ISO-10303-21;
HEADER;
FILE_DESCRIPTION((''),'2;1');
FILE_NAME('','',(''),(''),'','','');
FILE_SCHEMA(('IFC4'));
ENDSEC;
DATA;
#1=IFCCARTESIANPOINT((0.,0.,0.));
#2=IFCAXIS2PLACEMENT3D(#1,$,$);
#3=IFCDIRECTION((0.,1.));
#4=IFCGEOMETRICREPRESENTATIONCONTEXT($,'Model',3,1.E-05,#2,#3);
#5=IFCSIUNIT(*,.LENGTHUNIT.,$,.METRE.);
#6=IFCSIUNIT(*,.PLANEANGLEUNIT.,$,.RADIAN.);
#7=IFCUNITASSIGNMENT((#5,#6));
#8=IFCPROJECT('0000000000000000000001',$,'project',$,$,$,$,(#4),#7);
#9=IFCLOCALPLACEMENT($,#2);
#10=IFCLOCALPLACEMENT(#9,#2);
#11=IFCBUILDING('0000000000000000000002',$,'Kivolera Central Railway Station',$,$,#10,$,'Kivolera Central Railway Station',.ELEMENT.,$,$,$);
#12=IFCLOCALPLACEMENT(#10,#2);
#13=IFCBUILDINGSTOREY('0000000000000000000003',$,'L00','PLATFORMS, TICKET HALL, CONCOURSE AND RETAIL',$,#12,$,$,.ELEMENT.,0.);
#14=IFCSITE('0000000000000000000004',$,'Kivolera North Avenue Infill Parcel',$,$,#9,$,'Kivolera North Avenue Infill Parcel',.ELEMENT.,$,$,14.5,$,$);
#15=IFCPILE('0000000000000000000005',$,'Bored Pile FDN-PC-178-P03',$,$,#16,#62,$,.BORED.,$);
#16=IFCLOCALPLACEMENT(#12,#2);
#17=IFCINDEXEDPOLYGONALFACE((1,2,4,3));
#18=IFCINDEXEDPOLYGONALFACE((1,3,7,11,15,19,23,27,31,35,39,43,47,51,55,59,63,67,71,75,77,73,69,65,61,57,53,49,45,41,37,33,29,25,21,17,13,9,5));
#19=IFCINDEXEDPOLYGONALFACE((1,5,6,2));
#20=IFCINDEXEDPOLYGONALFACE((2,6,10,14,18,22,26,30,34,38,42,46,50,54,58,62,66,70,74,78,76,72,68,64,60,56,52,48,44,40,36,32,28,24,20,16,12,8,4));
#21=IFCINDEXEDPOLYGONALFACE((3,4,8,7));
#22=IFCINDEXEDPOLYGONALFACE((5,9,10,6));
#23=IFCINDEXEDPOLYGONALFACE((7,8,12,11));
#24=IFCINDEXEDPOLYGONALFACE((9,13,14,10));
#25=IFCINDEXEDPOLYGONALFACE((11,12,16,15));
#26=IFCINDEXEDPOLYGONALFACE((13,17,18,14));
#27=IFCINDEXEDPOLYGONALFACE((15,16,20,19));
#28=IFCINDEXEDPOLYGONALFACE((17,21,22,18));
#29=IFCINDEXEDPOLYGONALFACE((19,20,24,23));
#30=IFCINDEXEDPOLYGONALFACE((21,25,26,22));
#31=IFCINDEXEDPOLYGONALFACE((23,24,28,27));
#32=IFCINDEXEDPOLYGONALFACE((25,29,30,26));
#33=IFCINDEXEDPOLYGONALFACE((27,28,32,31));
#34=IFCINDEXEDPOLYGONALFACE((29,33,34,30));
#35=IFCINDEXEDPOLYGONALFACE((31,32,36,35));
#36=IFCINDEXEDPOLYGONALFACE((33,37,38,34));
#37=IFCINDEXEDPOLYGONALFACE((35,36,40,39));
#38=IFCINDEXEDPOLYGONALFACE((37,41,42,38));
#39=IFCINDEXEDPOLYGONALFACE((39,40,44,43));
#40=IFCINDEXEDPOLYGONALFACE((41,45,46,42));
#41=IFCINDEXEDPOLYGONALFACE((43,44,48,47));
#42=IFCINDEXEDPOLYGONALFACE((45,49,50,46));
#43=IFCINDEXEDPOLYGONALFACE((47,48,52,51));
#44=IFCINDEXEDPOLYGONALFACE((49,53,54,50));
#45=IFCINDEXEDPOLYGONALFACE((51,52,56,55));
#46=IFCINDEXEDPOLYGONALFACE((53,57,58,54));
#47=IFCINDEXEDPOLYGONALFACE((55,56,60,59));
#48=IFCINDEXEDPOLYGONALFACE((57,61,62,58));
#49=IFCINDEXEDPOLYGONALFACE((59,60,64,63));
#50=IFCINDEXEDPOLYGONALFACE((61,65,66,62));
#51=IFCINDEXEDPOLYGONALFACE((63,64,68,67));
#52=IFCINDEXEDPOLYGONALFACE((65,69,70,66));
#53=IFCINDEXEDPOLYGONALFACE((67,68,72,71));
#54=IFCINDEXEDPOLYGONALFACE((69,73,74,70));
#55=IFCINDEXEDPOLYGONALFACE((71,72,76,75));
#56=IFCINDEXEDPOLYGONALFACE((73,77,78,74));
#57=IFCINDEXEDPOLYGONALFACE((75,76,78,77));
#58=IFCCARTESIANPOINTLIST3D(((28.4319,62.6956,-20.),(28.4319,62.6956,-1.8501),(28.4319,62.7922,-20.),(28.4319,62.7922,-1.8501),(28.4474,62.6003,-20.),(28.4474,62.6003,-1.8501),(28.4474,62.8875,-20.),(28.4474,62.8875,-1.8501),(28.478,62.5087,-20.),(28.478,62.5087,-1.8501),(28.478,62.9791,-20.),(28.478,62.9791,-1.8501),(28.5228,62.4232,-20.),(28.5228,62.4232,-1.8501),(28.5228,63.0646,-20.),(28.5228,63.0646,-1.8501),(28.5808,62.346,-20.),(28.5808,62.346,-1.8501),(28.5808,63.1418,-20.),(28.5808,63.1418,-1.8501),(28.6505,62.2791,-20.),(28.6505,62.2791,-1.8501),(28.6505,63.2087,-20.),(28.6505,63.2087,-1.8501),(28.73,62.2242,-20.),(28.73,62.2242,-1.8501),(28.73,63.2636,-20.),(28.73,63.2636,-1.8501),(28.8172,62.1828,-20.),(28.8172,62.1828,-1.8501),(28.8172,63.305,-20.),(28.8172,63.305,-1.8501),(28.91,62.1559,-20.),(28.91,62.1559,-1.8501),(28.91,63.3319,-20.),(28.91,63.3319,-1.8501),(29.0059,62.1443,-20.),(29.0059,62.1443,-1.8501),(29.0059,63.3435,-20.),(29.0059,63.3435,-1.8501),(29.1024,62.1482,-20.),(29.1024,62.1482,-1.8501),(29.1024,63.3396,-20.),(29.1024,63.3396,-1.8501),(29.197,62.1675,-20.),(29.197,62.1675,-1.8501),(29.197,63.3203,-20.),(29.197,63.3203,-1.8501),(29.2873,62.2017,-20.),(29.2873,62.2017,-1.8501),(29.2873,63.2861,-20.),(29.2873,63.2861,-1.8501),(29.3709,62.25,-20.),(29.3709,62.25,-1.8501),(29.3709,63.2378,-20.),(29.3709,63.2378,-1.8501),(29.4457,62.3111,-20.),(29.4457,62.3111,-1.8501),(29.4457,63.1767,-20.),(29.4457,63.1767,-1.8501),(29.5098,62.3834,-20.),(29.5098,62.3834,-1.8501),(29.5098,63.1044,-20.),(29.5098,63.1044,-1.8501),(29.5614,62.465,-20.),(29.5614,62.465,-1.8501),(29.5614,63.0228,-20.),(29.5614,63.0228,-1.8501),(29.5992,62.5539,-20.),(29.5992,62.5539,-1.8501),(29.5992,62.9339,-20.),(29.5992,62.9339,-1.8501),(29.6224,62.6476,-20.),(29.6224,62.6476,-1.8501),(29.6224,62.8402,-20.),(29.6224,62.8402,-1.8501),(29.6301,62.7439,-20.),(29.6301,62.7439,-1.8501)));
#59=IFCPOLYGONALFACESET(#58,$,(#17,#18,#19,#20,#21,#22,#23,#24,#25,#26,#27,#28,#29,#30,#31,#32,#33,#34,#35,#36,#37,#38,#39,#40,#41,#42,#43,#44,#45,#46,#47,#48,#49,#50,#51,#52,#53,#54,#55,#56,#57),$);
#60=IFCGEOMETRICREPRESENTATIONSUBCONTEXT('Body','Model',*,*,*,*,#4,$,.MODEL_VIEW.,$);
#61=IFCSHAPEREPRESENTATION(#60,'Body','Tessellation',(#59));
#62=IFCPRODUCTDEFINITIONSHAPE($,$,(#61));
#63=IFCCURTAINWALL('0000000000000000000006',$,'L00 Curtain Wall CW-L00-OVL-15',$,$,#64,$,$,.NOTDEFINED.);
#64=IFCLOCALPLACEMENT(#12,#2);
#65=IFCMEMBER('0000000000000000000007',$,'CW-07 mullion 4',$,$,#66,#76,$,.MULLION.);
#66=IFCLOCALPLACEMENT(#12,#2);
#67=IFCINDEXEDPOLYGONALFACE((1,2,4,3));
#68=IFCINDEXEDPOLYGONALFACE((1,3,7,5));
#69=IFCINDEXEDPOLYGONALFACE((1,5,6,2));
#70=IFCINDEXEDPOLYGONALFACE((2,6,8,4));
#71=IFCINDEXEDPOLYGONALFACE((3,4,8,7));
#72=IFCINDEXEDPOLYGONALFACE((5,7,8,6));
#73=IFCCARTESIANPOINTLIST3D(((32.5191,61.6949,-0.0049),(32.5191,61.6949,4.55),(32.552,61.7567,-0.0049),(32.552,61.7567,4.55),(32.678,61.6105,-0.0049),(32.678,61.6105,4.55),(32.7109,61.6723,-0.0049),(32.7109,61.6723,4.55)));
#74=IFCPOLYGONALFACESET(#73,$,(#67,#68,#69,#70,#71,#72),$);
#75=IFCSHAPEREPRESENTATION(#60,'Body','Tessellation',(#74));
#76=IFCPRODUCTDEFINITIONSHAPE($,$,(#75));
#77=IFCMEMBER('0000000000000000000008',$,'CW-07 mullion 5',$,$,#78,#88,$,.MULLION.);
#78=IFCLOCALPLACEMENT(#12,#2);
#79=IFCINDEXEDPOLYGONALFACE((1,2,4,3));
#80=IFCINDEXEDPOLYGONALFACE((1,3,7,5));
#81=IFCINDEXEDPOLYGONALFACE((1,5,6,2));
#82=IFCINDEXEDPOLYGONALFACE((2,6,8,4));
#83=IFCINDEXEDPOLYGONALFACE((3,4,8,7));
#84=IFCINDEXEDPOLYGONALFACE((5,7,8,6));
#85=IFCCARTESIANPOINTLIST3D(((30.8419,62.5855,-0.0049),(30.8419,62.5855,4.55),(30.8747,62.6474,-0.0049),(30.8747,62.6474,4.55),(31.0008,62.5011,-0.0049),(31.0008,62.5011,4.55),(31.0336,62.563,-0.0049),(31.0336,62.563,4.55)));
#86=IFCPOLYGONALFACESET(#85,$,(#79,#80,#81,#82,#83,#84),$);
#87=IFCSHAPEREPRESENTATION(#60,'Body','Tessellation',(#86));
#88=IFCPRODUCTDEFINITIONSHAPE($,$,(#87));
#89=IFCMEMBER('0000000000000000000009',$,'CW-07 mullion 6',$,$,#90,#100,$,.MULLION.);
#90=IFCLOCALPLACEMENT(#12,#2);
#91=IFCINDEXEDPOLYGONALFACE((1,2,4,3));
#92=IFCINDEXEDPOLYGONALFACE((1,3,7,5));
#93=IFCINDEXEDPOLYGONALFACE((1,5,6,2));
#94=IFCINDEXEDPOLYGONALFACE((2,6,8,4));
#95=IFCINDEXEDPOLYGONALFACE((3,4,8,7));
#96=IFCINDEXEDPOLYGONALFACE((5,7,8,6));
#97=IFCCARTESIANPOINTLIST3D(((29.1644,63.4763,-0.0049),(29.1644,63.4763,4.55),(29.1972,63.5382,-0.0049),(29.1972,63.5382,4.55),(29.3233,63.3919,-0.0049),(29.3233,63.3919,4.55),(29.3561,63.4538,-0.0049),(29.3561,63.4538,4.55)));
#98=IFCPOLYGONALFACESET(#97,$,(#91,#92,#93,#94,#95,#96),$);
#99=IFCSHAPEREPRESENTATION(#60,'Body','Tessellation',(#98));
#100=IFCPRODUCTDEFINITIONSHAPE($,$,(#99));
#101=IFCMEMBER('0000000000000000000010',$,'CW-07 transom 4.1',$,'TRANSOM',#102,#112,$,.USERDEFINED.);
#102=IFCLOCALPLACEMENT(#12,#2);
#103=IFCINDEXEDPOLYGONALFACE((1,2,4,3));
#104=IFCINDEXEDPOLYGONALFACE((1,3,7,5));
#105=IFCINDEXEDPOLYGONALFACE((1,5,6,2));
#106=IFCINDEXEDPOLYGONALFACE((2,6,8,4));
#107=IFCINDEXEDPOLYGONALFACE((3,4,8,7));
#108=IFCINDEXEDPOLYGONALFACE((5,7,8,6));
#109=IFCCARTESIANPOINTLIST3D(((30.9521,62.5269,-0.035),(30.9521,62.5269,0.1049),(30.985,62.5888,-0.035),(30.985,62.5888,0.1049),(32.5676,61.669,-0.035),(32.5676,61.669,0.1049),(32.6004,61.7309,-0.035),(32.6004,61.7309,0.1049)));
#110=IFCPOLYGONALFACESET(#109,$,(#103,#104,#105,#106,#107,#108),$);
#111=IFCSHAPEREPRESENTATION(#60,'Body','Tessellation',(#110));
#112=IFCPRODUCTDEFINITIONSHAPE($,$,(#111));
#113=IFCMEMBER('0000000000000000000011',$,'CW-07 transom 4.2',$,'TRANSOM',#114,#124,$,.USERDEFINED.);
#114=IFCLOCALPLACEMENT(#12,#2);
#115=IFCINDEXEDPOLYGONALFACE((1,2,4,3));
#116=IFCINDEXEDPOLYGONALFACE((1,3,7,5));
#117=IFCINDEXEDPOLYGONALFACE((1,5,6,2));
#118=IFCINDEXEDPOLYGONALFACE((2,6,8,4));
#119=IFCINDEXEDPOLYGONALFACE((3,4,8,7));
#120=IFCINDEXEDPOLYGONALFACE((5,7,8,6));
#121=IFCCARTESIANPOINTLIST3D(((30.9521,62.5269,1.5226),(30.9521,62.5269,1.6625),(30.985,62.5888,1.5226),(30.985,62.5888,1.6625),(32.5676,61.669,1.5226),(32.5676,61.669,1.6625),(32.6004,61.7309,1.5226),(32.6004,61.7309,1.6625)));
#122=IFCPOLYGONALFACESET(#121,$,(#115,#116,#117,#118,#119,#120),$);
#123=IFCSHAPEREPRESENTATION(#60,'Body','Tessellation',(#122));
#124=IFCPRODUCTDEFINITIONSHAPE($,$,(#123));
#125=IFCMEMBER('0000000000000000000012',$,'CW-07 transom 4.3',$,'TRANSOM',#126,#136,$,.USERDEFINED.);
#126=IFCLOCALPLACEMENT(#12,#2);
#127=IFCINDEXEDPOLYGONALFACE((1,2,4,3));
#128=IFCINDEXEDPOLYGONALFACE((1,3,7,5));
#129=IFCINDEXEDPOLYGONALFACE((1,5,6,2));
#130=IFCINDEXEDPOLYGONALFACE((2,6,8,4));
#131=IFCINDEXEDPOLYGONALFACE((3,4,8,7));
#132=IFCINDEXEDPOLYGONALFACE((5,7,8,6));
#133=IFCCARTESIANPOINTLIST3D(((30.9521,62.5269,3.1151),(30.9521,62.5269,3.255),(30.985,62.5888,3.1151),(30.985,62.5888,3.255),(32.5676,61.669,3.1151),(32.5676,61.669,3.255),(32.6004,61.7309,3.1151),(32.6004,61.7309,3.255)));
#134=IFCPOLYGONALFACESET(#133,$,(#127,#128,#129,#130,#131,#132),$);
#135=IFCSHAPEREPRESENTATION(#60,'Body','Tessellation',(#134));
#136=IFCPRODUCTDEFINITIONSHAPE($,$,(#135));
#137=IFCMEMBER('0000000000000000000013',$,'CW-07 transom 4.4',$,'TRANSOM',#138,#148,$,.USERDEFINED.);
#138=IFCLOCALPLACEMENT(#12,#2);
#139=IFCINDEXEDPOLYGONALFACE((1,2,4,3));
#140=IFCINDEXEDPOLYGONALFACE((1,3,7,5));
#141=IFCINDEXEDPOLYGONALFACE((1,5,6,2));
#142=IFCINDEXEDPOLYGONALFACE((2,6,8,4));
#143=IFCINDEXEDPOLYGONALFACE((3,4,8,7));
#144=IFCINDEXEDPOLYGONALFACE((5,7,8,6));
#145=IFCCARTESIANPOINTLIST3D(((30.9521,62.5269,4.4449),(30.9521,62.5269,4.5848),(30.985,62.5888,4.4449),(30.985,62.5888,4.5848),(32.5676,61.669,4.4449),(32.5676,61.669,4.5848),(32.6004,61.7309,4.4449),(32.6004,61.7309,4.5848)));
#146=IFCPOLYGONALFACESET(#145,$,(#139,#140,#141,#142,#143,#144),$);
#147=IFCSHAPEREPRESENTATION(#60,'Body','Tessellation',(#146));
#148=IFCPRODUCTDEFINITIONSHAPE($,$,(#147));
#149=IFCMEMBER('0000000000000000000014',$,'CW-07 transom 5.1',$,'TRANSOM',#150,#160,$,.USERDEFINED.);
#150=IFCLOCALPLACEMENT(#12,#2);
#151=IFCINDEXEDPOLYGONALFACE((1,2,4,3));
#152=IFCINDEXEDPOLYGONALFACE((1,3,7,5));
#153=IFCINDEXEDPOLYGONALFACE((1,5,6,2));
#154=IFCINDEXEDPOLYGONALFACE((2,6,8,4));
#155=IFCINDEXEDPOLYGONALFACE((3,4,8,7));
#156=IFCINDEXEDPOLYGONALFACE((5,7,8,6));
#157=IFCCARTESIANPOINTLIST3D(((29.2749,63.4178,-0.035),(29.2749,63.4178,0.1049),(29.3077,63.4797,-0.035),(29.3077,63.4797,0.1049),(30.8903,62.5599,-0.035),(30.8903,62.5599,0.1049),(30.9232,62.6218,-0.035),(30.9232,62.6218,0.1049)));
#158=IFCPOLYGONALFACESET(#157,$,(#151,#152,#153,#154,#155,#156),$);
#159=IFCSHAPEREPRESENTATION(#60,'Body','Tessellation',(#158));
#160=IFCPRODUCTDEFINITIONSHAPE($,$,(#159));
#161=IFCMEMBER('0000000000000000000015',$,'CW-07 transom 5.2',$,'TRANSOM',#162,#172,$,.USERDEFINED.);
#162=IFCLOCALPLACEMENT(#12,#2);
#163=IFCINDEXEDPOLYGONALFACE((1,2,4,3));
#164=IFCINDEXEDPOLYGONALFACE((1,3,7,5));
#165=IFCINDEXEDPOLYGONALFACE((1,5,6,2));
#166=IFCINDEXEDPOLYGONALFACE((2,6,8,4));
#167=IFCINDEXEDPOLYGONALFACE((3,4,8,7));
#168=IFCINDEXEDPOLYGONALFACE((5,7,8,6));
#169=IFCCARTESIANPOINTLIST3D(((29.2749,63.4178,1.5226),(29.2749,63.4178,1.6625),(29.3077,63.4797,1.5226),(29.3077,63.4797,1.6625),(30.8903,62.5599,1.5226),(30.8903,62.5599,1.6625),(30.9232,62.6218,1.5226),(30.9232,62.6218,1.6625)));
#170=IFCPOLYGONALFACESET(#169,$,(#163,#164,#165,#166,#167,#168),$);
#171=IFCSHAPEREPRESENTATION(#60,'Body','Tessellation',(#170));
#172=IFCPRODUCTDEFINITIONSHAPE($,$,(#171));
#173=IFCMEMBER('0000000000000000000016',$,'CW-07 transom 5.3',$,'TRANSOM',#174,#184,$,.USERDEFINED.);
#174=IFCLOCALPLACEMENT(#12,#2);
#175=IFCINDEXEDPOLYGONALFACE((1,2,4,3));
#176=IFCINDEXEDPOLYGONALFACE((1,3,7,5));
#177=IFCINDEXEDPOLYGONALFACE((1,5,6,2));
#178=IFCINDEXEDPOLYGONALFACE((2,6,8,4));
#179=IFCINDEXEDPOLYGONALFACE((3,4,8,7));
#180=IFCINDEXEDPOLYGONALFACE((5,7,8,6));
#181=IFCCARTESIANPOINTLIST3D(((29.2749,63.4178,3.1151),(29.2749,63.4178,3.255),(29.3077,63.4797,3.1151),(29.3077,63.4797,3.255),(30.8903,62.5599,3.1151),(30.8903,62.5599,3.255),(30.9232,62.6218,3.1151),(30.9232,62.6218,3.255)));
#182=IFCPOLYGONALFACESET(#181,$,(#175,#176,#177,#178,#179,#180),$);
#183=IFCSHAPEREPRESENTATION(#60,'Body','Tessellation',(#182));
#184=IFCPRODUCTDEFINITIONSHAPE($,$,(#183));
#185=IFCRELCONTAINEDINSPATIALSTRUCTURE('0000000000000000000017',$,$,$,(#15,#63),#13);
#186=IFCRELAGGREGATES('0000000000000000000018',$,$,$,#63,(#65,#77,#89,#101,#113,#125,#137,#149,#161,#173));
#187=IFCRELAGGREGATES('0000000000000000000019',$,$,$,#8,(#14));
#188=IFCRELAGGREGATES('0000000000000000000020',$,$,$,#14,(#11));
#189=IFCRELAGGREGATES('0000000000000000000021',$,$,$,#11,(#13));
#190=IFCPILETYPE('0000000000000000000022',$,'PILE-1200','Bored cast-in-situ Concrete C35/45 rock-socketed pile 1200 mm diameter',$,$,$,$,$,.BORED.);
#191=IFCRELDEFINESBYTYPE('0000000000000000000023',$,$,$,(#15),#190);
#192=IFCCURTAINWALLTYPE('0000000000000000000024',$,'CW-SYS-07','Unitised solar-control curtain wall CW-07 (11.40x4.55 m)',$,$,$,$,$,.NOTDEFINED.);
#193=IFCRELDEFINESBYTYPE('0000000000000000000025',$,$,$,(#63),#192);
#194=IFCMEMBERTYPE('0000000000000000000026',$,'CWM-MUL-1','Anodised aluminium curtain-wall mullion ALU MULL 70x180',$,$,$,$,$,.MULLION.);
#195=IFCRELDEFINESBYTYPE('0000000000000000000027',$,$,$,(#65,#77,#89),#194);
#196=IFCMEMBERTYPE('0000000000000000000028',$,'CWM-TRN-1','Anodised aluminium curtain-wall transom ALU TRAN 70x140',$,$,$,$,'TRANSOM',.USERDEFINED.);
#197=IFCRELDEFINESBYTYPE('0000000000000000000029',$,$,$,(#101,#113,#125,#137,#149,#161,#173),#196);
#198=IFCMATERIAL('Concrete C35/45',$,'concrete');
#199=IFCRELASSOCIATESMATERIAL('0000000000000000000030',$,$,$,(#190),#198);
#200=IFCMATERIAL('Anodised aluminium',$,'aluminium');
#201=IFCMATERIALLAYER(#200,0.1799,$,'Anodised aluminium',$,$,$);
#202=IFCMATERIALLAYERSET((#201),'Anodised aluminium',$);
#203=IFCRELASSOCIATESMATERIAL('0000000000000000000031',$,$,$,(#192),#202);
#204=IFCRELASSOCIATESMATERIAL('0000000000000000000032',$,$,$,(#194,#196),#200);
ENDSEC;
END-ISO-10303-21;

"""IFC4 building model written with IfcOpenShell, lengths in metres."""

from ifc_helpers import new_model, si_unit, direction, frame, origin, origin_2d, place, context, subcontext, project, spatial, rectangle, circle, extrude, material, layer, layer_set, material_profile, profile_set, type_object, element, aggregate, save


model = new_model("IFC4")

# Units and contexts
model_context = context("Model", 3, precision=1e-05, world=origin(), true_north=direction((0.0, 1.0)))
body_context = subcontext(model_context, "Body", "Model", "MODEL_VIEW")
ifc_project = project(units=[si_unit("LENGTHUNIT", "METRE"), si_unit("PLANEANGLEUNIT", "RADIAN")], contexts=[model_context])

# Site, building, storey
site_placement = place(None, origin())
site = spatial("IfcSite", under=ifc_project, at=site_placement, Name="Kivolera North Avenue Infill Parcel", LongName="Kivolera North Avenue Infill Parcel", CompositionType="ELEMENT", RefElevation=14.5)
building_placement = place(site_placement, origin())
building = spatial("IfcBuilding", under=site, at=building_placement, Name="Kivolera Central Railway Station", LongName="Kivolera Central Railway Station", CompositionType="ELEMENT")
storey_placement = place(building_placement, origin())
storey = spatial("IfcBuildingStorey", under=building, at=storey_placement, Name="L00", Description="PLATFORMS, TICKET HALL, CONCOURSE AND RETAIL", CompositionType="ELEMENT", Elevation=0.0)

# Pile
ifc_material_1 = material(Name="Concrete C35/45", Category="concrete")
ifc_material_profile_1 = material_profile(ifc_material_1, circle(Radius=0.6001, at=origin_2d()), Name="PILE D1200")
ifc_profile_set_1 = profile_set([ifc_material_profile_1], Name="Concrete C35/45")
pile_type = type_object("IfcPileType", Name="PILE-1200", Description="Bored cast-in-situ Concrete C35/45 rock-socketed pile 1200 mm diameter", PredefinedType="BORED", material=ifc_profile_set_1)
pile_placement = place(storey_placement, frame((29.03, 62.7439, -1.8501), z_axis=(0.0, 0.0, -1.0), x_axis=(1.0, 0.0, 0.0)))
element("IfcPile", 1, at=pile_placement, inside=storey, type_object=pile_type, Name="Bored Pile FDN-PC-178-P03", PredefinedType="BORED", context=body_context, shape_type="SweptSolid", body=[
    extrude(circle(Radius=0.6001, at=origin_2d()), origin(), (0.0, 0.0, 1.0), 18.1499),
])

# Curtain wall, members
ifc_material_2 = material(Name="Anodised aluminium", Category="aluminium")
ifc_layer_1 = layer(ifc_material_2, 0.1799, Name="Anodised aluminium")
ifc_layer_set_1 = layer_set([ifc_layer_1], Name="Anodised aluminium")
curtain_wall_type = type_object("IfcCurtainWallType", Name="CW-SYS-07", Description="Unitised solar-control curtain wall CW-07 (11.40x4.55 m)", PredefinedType="NOTDEFINED", material=ifc_layer_set_1)
curtain_wall_placement = place(storey_placement, origin())
curtain_wall = element("IfcCurtainWall", 2, at=curtain_wall_placement, inside=storey, type_object=curtain_wall_type, Name="L00 Curtain Wall CW-L00-OVL-15", PredefinedType="NOTDEFINED")
ifc_material_profile_2 = material_profile(ifc_material_2, rectangle(XDim=0.0701, YDim=0.1799, at=origin_2d()), Name="ALU MULL 70x180")
ifc_profile_set_2 = profile_set([ifc_material_profile_2], Name="Anodised aluminium")
member_type_1 = type_object("IfcMemberType", Name="CWM-MUL-1", Description="Anodised aluminium curtain-wall mullion ALU MULL 70x180", PredefinedType="MULLION", material=ifc_profile_set_2)
member_1_placement = place(storey_placement, frame((32.615, 61.6836, -0.0049), z_axis=(0.0, 0.0, 1.0), x_axis=(-0.469053, -0.88317, 0.0)))
member_1 = element("IfcMember", 3, at=member_1_placement, type_object=member_type_1, Name="CW-07 mullion 4", PredefinedType="MULLION", context=body_context, shape_type="SweptSolid", body=[
    extrude(rectangle(XDim=0.0701, YDim=0.1799, at=origin_2d()), origin(), (0.0, 0.0, 1.0), 4.5549),
])
member_2_placement = place(storey_placement, frame((30.9377, 62.5742, -0.0049), z_axis=(0.0, 0.0, 1.0), x_axis=(-0.469053, -0.88317, 0.0)))
member_2 = element("IfcMember", 4, at=member_2_placement, type_object=member_type_1, Name="CW-07 mullion 5", PredefinedType="MULLION", context=body_context, shape_type="SweptSolid", body=[
    extrude(rectangle(XDim=0.0701, YDim=0.1799, at=origin_2d()), origin(), (0.0, 0.0, 1.0), 4.5549),
])
member_3_placement = place(storey_placement, frame((29.2603, 63.4651, -0.0049), z_axis=(0.0, 0.0, 1.0), x_axis=(-0.469053, -0.88317, 0.0)))
member_3 = element("IfcMember", 5, at=member_3_placement, type_object=member_type_1, Name="CW-07 mullion 6", PredefinedType="MULLION", context=body_context, shape_type="SweptSolid", body=[
    extrude(rectangle(XDim=0.0701, YDim=0.1799, at=origin_2d()), origin(), (0.0, 0.0, 1.0), 4.5549),
])
ifc_material_profile_3 = material_profile(ifc_material_2, rectangle(XDim=0.0701, YDim=0.1399, at=origin_2d()), Name="ALU TRAN 70x140")
ifc_profile_set_3 = profile_set([ifc_material_profile_3], Name="Anodised aluminium")
member_type_2 = type_object("IfcMemberType", Name="CWM-TRN-1", Description="Anodised aluminium curtain-wall transom ALU TRAN 70x140", ElementType="TRANSOM", PredefinedType="USERDEFINED", material=ifc_profile_set_3)
member_4_placement = place(storey_placement, frame((32.584, 61.7, 0.0349), z_axis=(-0.883187, 0.469022, 0.0), x_axis=(-0.469022, -0.883187, 0.0)))
member_4 = element("IfcMember", 6, at=member_4_placement, type_object=member_type_2, Name="CW-07 transom 4.1", ObjectType="TRANSOM", PredefinedType="USERDEFINED", context=body_context, shape_type="SweptSolid", body=[
    extrude(rectangle(XDim=0.0701, YDim=0.1399, at=origin_2d()), origin(), (0.0, 0.0, 1.0), 1.8291),
])
member_5_placement = place(storey_placement, frame((32.584, 61.7, 1.5925), z_axis=(-0.883187, 0.469022, 0.0), x_axis=(-0.469022, -0.883187, 0.0)))
member_5 = element("IfcMember", 7, at=member_5_placement, type_object=member_type_2, Name="CW-07 transom 4.2", ObjectType="TRANSOM", PredefinedType="USERDEFINED", context=body_context, shape_type="SweptSolid", body=[
    extrude(rectangle(XDim=0.0701, YDim=0.1399, at=origin_2d()), origin(), (0.0, 0.0, 1.0), 1.8291),
])
member_6_placement = place(storey_placement, frame((32.584, 61.7, 3.1851), z_axis=(-0.883187, 0.469022, 0.0), x_axis=(-0.469022, -0.883187, 0.0)))
member_6 = element("IfcMember", 8, at=member_6_placement, type_object=member_type_2, Name="CW-07 transom 4.3", ObjectType="TRANSOM", PredefinedType="USERDEFINED", context=body_context, shape_type="SweptSolid", body=[
    extrude(rectangle(XDim=0.0701, YDim=0.1399, at=origin_2d()), origin(), (0.0, 0.0, 1.0), 1.8291),
])
member_7_placement = place(storey_placement, frame((32.584, 61.7, 4.5149), z_axis=(-0.883187, 0.469022, 0.0), x_axis=(-0.469022, -0.883187, 0.0)))
member_7 = element("IfcMember", 9, at=member_7_placement, type_object=member_type_2, Name="CW-07 transom 4.4", ObjectType="TRANSOM", PredefinedType="USERDEFINED", context=body_context, shape_type="SweptSolid", body=[
    extrude(rectangle(XDim=0.0701, YDim=0.1399, at=origin_2d()), origin(), (0.0, 0.0, 1.0), 1.8291),
])
member_8_placement = place(storey_placement, frame((30.9067, 62.5908, 0.0349), z_axis=(-0.883187, 0.469022, 0.0), x_axis=(-0.469022, -0.883187, 0.0)))
member_8 = element("IfcMember", 10, at=member_8_placement, type_object=member_type_2, Name="CW-07 transom 5.1", ObjectType="TRANSOM", PredefinedType="USERDEFINED", context=body_context, shape_type="SweptSolid", body=[
    extrude(rectangle(XDim=0.0701, YDim=0.1399, at=origin_2d()), origin(), (0.0, 0.0, 1.0), 1.8291),
])
member_9_placement = place(storey_placement, frame((30.9067, 62.5908, 1.5925), z_axis=(-0.883187, 0.469022, 0.0), x_axis=(-0.469022, -0.883187, 0.0)))
member_9 = element("IfcMember", 11, at=member_9_placement, type_object=member_type_2, Name="CW-07 transom 5.2", ObjectType="TRANSOM", PredefinedType="USERDEFINED", context=body_context, shape_type="SweptSolid", body=[
    extrude(rectangle(XDim=0.0701, YDim=0.1399, at=origin_2d()), origin(), (0.0, 0.0, 1.0), 1.8291),
])
member_10_placement = place(storey_placement, frame((30.9067, 62.5908, 3.1851), z_axis=(-0.883187, 0.469022, 0.0), x_axis=(-0.469022, -0.883187, 0.0)))
member_10 = element("IfcMember", 12, at=member_10_placement, type_object=member_type_2, Name="CW-07 transom 5.3", ObjectType="TRANSOM", PredefinedType="USERDEFINED", context=body_context, shape_type="SweptSolid", body=[
    extrude(rectangle(XDim=0.0701, YDim=0.1399, at=origin_2d()), origin(), (0.0, 0.0, 1.0), 1.8291),
])
aggregate(curtain_wall, [member_1, member_2, member_3, member_4, member_5, member_6, member_7, member_8, member_9, member_10])

save(model, "model.ifc")
